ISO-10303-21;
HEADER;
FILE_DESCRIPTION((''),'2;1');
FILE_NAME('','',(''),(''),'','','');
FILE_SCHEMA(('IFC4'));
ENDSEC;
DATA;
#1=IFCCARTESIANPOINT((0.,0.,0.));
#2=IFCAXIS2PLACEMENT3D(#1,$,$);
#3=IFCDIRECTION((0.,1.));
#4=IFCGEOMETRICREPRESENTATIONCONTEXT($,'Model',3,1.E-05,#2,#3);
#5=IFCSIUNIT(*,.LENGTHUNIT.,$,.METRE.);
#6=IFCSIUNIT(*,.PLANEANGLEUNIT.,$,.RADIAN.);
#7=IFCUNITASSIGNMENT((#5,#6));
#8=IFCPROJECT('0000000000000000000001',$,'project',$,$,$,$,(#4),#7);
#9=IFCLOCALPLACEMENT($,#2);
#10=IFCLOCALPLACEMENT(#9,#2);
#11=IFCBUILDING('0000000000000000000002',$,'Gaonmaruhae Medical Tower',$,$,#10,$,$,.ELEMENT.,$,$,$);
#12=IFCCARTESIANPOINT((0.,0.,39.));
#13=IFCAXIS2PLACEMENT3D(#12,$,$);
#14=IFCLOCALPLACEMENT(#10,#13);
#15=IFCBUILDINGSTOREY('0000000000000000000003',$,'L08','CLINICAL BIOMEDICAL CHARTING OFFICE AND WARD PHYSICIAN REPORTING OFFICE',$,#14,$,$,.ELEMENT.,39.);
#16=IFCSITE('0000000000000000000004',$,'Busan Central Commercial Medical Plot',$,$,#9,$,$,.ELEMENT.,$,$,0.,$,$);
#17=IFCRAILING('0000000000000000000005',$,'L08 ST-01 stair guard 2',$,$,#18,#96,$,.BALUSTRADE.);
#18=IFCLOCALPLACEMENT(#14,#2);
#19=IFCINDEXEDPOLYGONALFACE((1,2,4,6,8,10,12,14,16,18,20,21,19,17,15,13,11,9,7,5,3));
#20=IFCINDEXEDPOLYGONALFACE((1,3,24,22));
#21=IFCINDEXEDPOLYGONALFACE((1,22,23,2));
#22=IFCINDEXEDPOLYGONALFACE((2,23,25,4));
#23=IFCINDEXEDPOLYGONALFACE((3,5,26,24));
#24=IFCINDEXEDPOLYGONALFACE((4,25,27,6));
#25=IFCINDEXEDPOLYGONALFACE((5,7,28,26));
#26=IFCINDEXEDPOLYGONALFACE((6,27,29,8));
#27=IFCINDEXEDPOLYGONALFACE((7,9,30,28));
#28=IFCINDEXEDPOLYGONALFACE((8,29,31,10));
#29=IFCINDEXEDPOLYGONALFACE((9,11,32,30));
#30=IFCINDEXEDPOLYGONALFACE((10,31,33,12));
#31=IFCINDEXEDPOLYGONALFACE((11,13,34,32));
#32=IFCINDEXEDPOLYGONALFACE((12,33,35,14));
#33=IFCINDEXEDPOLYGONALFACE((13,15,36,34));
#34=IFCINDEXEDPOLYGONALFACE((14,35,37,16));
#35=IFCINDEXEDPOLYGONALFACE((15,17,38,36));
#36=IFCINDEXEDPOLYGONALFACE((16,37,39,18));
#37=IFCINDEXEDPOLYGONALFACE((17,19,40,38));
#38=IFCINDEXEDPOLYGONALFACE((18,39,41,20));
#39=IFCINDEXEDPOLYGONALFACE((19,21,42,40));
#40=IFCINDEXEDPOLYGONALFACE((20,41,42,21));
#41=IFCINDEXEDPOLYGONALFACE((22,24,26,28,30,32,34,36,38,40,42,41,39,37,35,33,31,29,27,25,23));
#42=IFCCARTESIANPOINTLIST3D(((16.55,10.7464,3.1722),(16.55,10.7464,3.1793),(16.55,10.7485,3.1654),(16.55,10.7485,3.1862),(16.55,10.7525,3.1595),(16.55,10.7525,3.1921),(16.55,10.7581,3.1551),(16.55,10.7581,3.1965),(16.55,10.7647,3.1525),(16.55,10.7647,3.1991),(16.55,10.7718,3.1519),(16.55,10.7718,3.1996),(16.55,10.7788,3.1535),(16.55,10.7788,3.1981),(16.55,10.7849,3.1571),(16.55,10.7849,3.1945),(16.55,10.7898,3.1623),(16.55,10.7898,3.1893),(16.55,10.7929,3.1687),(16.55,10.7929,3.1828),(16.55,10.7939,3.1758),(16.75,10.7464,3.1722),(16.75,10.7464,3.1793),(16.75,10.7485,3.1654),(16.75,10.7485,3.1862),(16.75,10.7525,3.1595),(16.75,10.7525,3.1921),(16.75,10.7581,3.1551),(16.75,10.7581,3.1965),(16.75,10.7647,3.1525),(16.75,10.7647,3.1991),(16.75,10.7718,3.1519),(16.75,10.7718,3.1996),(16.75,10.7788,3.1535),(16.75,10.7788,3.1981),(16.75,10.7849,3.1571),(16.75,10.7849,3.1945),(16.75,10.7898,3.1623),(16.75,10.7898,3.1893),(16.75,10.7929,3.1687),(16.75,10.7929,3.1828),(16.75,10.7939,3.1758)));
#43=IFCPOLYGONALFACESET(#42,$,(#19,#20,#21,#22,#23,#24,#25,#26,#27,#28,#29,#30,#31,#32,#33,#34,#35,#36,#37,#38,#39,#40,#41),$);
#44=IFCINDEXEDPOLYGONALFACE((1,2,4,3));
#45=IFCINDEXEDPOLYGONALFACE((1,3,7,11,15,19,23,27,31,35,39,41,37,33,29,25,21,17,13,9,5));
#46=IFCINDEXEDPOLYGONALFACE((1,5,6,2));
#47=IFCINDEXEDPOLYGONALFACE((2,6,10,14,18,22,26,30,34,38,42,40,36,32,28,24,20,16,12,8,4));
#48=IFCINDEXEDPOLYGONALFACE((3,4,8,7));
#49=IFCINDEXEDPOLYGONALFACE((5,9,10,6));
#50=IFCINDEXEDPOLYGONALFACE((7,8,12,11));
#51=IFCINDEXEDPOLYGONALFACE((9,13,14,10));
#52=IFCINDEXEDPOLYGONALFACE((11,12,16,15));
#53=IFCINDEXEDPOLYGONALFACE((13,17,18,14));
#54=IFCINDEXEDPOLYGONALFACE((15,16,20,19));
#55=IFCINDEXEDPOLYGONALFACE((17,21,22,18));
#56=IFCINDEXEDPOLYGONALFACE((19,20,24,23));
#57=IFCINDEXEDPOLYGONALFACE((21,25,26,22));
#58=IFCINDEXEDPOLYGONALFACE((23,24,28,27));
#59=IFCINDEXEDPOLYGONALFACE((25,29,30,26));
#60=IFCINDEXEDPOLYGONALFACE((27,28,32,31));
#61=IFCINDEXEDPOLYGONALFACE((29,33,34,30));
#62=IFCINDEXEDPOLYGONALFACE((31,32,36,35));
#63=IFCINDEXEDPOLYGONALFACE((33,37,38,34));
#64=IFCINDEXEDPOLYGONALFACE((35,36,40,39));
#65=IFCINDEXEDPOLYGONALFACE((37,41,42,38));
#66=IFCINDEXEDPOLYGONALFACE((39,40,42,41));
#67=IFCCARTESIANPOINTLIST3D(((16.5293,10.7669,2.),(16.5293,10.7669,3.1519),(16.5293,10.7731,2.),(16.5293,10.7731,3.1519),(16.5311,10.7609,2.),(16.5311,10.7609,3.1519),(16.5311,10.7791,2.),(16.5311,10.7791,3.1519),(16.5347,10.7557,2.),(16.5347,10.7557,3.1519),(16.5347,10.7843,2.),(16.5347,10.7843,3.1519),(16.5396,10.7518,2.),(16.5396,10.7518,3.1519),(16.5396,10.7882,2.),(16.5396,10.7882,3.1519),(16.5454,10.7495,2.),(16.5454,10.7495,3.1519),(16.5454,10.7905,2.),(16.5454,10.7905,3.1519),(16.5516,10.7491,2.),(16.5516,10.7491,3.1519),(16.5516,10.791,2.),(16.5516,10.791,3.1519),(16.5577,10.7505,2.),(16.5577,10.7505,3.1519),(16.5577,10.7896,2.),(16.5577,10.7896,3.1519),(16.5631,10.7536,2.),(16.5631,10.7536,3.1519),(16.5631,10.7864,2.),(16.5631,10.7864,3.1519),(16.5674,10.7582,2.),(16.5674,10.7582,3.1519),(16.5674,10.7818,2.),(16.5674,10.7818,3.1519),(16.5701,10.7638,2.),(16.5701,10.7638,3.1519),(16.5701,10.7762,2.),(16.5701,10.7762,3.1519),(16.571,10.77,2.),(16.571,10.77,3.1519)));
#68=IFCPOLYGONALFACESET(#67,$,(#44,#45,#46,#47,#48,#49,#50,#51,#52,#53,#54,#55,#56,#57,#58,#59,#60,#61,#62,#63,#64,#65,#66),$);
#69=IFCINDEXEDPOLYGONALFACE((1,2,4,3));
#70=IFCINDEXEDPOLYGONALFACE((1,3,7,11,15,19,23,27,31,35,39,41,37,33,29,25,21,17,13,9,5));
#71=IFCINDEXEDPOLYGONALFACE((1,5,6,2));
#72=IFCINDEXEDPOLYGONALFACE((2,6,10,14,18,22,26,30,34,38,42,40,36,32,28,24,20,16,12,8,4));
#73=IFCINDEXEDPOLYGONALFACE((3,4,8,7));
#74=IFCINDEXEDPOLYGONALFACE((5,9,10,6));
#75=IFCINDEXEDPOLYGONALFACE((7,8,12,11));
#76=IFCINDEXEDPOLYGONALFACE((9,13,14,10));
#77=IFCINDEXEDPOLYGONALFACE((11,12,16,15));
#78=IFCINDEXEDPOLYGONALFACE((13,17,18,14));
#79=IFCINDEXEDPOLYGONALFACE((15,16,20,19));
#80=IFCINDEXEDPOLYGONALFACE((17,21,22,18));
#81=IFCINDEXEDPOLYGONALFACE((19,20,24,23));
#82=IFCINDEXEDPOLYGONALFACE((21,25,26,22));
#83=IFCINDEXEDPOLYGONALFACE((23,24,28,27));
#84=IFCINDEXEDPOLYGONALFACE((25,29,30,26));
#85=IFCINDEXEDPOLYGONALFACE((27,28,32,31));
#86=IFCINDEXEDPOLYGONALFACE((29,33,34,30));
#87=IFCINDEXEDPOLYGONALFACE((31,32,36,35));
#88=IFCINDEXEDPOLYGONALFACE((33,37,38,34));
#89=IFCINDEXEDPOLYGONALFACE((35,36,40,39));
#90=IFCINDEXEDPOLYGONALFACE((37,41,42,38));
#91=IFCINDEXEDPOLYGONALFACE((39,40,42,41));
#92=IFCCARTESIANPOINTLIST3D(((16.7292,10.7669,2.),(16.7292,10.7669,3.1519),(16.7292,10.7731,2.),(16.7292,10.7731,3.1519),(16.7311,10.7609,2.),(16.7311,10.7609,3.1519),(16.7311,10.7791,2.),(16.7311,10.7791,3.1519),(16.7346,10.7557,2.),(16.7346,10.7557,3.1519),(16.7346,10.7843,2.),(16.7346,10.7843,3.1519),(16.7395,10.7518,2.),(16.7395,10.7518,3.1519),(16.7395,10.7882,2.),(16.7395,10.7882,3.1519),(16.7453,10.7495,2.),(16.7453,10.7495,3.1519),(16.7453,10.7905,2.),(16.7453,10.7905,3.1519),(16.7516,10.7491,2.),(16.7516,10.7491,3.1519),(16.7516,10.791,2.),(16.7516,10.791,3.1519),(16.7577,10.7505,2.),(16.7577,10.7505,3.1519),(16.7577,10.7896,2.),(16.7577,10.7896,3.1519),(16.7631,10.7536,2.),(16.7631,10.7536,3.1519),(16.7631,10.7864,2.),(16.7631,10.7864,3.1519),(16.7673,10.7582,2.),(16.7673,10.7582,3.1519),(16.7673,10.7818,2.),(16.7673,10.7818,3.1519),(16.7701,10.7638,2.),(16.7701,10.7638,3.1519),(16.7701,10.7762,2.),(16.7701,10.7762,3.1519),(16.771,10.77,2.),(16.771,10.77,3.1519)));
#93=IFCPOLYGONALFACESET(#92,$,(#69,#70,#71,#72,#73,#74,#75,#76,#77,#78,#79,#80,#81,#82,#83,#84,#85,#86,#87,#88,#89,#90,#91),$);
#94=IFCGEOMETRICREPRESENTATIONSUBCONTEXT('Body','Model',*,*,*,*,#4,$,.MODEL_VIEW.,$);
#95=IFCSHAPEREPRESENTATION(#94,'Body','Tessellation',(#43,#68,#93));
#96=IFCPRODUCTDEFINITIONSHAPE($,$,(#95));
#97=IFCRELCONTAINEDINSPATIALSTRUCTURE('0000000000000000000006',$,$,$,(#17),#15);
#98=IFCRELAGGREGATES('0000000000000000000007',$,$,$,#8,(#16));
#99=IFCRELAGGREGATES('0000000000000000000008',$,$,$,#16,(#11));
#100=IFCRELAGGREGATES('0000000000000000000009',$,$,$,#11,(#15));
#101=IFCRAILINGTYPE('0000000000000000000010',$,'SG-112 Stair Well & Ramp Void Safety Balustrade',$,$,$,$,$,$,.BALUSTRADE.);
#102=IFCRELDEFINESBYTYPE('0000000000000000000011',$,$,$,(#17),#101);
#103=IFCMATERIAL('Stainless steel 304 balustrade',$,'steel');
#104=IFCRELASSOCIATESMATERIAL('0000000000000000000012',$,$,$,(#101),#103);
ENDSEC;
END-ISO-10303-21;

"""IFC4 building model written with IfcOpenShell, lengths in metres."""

from ifc_helpers import new_model, si_unit, direction, frame, origin, origin_2d, place, context, subcontext, project, spatial, circle, extrude, material, type_object, element, save


model = new_model("IFC4")

# Units and contexts
model_context = context("Model", 3, precision=1e-05, world=origin(), true_north=direction((0.0, 1.0)))
body_context = subcontext(model_context, "Body", "Model", "MODEL_VIEW")
ifc_project = project(units=[si_unit("LENGTHUNIT", "METRE"), si_unit("PLANEANGLEUNIT", "RADIAN")], contexts=[model_context])

# Site, building, storey
site_placement = place(None, origin())
site = spatial("IfcSite", under=ifc_project, at=site_placement, Name="Busan Central Commercial Medical Plot", CompositionType="ELEMENT", RefElevation=0.0)
building_placement = place(site_placement, origin())
building = spatial("IfcBuilding", under=site, at=building_placement, Name="Gaonmaruhae Medical Tower", CompositionType="ELEMENT")
storey_placement = place(building_placement, frame((0.0, 0.0, 39.0)))
storey = spatial("IfcBuildingStorey", under=building, at=storey_placement, Name="L08", Description="CLINICAL BIOMEDICAL CHARTING OFFICE AND WARD PHYSICIAN REPORTING OFFICE", CompositionType="ELEMENT", Elevation=39.0)

# Railing
ifc_material_1 = material(Name="Stainless steel 304 balustrade", Category="steel")
railing_type_1 = type_object("IfcRailingType", Name="SG-112 Stair Well & Ramp Void Safety Balustrade", PredefinedType="BALUSTRADE", material=ifc_material_1)
railing_1_placement = place(storey_placement, frame((16.55, 10.77, 2.0)))
element("IfcRailing", 1, at=railing_1_placement, inside=storey, type_object=railing_type_1, Name="L08 ST-01 stair guard 2", PredefinedType="BALUSTRADE", context=body_context, shape_type="SweptSolid", body=[
    extrude(circle(Radius=0.0239, at=origin_2d()), frame((0.0, 0.0, 1.1758), z_axis=(1.0, 0.0, 0.0), x_axis=(0.0, 1.0, 0.0)), (0.0, 0.0, 1.0), 0.2),
    extrude(circle(Radius=0.021, at=origin_2d()), origin(), (0.0, 0.0, 1.0), 1.1519),
    extrude(circle(Radius=0.021, at=origin_2d()), frame((0.2, 0.0, 0.0)), (0.0, 0.0, 1.0), 1.1519),
])

save(model, "model.ifc")
